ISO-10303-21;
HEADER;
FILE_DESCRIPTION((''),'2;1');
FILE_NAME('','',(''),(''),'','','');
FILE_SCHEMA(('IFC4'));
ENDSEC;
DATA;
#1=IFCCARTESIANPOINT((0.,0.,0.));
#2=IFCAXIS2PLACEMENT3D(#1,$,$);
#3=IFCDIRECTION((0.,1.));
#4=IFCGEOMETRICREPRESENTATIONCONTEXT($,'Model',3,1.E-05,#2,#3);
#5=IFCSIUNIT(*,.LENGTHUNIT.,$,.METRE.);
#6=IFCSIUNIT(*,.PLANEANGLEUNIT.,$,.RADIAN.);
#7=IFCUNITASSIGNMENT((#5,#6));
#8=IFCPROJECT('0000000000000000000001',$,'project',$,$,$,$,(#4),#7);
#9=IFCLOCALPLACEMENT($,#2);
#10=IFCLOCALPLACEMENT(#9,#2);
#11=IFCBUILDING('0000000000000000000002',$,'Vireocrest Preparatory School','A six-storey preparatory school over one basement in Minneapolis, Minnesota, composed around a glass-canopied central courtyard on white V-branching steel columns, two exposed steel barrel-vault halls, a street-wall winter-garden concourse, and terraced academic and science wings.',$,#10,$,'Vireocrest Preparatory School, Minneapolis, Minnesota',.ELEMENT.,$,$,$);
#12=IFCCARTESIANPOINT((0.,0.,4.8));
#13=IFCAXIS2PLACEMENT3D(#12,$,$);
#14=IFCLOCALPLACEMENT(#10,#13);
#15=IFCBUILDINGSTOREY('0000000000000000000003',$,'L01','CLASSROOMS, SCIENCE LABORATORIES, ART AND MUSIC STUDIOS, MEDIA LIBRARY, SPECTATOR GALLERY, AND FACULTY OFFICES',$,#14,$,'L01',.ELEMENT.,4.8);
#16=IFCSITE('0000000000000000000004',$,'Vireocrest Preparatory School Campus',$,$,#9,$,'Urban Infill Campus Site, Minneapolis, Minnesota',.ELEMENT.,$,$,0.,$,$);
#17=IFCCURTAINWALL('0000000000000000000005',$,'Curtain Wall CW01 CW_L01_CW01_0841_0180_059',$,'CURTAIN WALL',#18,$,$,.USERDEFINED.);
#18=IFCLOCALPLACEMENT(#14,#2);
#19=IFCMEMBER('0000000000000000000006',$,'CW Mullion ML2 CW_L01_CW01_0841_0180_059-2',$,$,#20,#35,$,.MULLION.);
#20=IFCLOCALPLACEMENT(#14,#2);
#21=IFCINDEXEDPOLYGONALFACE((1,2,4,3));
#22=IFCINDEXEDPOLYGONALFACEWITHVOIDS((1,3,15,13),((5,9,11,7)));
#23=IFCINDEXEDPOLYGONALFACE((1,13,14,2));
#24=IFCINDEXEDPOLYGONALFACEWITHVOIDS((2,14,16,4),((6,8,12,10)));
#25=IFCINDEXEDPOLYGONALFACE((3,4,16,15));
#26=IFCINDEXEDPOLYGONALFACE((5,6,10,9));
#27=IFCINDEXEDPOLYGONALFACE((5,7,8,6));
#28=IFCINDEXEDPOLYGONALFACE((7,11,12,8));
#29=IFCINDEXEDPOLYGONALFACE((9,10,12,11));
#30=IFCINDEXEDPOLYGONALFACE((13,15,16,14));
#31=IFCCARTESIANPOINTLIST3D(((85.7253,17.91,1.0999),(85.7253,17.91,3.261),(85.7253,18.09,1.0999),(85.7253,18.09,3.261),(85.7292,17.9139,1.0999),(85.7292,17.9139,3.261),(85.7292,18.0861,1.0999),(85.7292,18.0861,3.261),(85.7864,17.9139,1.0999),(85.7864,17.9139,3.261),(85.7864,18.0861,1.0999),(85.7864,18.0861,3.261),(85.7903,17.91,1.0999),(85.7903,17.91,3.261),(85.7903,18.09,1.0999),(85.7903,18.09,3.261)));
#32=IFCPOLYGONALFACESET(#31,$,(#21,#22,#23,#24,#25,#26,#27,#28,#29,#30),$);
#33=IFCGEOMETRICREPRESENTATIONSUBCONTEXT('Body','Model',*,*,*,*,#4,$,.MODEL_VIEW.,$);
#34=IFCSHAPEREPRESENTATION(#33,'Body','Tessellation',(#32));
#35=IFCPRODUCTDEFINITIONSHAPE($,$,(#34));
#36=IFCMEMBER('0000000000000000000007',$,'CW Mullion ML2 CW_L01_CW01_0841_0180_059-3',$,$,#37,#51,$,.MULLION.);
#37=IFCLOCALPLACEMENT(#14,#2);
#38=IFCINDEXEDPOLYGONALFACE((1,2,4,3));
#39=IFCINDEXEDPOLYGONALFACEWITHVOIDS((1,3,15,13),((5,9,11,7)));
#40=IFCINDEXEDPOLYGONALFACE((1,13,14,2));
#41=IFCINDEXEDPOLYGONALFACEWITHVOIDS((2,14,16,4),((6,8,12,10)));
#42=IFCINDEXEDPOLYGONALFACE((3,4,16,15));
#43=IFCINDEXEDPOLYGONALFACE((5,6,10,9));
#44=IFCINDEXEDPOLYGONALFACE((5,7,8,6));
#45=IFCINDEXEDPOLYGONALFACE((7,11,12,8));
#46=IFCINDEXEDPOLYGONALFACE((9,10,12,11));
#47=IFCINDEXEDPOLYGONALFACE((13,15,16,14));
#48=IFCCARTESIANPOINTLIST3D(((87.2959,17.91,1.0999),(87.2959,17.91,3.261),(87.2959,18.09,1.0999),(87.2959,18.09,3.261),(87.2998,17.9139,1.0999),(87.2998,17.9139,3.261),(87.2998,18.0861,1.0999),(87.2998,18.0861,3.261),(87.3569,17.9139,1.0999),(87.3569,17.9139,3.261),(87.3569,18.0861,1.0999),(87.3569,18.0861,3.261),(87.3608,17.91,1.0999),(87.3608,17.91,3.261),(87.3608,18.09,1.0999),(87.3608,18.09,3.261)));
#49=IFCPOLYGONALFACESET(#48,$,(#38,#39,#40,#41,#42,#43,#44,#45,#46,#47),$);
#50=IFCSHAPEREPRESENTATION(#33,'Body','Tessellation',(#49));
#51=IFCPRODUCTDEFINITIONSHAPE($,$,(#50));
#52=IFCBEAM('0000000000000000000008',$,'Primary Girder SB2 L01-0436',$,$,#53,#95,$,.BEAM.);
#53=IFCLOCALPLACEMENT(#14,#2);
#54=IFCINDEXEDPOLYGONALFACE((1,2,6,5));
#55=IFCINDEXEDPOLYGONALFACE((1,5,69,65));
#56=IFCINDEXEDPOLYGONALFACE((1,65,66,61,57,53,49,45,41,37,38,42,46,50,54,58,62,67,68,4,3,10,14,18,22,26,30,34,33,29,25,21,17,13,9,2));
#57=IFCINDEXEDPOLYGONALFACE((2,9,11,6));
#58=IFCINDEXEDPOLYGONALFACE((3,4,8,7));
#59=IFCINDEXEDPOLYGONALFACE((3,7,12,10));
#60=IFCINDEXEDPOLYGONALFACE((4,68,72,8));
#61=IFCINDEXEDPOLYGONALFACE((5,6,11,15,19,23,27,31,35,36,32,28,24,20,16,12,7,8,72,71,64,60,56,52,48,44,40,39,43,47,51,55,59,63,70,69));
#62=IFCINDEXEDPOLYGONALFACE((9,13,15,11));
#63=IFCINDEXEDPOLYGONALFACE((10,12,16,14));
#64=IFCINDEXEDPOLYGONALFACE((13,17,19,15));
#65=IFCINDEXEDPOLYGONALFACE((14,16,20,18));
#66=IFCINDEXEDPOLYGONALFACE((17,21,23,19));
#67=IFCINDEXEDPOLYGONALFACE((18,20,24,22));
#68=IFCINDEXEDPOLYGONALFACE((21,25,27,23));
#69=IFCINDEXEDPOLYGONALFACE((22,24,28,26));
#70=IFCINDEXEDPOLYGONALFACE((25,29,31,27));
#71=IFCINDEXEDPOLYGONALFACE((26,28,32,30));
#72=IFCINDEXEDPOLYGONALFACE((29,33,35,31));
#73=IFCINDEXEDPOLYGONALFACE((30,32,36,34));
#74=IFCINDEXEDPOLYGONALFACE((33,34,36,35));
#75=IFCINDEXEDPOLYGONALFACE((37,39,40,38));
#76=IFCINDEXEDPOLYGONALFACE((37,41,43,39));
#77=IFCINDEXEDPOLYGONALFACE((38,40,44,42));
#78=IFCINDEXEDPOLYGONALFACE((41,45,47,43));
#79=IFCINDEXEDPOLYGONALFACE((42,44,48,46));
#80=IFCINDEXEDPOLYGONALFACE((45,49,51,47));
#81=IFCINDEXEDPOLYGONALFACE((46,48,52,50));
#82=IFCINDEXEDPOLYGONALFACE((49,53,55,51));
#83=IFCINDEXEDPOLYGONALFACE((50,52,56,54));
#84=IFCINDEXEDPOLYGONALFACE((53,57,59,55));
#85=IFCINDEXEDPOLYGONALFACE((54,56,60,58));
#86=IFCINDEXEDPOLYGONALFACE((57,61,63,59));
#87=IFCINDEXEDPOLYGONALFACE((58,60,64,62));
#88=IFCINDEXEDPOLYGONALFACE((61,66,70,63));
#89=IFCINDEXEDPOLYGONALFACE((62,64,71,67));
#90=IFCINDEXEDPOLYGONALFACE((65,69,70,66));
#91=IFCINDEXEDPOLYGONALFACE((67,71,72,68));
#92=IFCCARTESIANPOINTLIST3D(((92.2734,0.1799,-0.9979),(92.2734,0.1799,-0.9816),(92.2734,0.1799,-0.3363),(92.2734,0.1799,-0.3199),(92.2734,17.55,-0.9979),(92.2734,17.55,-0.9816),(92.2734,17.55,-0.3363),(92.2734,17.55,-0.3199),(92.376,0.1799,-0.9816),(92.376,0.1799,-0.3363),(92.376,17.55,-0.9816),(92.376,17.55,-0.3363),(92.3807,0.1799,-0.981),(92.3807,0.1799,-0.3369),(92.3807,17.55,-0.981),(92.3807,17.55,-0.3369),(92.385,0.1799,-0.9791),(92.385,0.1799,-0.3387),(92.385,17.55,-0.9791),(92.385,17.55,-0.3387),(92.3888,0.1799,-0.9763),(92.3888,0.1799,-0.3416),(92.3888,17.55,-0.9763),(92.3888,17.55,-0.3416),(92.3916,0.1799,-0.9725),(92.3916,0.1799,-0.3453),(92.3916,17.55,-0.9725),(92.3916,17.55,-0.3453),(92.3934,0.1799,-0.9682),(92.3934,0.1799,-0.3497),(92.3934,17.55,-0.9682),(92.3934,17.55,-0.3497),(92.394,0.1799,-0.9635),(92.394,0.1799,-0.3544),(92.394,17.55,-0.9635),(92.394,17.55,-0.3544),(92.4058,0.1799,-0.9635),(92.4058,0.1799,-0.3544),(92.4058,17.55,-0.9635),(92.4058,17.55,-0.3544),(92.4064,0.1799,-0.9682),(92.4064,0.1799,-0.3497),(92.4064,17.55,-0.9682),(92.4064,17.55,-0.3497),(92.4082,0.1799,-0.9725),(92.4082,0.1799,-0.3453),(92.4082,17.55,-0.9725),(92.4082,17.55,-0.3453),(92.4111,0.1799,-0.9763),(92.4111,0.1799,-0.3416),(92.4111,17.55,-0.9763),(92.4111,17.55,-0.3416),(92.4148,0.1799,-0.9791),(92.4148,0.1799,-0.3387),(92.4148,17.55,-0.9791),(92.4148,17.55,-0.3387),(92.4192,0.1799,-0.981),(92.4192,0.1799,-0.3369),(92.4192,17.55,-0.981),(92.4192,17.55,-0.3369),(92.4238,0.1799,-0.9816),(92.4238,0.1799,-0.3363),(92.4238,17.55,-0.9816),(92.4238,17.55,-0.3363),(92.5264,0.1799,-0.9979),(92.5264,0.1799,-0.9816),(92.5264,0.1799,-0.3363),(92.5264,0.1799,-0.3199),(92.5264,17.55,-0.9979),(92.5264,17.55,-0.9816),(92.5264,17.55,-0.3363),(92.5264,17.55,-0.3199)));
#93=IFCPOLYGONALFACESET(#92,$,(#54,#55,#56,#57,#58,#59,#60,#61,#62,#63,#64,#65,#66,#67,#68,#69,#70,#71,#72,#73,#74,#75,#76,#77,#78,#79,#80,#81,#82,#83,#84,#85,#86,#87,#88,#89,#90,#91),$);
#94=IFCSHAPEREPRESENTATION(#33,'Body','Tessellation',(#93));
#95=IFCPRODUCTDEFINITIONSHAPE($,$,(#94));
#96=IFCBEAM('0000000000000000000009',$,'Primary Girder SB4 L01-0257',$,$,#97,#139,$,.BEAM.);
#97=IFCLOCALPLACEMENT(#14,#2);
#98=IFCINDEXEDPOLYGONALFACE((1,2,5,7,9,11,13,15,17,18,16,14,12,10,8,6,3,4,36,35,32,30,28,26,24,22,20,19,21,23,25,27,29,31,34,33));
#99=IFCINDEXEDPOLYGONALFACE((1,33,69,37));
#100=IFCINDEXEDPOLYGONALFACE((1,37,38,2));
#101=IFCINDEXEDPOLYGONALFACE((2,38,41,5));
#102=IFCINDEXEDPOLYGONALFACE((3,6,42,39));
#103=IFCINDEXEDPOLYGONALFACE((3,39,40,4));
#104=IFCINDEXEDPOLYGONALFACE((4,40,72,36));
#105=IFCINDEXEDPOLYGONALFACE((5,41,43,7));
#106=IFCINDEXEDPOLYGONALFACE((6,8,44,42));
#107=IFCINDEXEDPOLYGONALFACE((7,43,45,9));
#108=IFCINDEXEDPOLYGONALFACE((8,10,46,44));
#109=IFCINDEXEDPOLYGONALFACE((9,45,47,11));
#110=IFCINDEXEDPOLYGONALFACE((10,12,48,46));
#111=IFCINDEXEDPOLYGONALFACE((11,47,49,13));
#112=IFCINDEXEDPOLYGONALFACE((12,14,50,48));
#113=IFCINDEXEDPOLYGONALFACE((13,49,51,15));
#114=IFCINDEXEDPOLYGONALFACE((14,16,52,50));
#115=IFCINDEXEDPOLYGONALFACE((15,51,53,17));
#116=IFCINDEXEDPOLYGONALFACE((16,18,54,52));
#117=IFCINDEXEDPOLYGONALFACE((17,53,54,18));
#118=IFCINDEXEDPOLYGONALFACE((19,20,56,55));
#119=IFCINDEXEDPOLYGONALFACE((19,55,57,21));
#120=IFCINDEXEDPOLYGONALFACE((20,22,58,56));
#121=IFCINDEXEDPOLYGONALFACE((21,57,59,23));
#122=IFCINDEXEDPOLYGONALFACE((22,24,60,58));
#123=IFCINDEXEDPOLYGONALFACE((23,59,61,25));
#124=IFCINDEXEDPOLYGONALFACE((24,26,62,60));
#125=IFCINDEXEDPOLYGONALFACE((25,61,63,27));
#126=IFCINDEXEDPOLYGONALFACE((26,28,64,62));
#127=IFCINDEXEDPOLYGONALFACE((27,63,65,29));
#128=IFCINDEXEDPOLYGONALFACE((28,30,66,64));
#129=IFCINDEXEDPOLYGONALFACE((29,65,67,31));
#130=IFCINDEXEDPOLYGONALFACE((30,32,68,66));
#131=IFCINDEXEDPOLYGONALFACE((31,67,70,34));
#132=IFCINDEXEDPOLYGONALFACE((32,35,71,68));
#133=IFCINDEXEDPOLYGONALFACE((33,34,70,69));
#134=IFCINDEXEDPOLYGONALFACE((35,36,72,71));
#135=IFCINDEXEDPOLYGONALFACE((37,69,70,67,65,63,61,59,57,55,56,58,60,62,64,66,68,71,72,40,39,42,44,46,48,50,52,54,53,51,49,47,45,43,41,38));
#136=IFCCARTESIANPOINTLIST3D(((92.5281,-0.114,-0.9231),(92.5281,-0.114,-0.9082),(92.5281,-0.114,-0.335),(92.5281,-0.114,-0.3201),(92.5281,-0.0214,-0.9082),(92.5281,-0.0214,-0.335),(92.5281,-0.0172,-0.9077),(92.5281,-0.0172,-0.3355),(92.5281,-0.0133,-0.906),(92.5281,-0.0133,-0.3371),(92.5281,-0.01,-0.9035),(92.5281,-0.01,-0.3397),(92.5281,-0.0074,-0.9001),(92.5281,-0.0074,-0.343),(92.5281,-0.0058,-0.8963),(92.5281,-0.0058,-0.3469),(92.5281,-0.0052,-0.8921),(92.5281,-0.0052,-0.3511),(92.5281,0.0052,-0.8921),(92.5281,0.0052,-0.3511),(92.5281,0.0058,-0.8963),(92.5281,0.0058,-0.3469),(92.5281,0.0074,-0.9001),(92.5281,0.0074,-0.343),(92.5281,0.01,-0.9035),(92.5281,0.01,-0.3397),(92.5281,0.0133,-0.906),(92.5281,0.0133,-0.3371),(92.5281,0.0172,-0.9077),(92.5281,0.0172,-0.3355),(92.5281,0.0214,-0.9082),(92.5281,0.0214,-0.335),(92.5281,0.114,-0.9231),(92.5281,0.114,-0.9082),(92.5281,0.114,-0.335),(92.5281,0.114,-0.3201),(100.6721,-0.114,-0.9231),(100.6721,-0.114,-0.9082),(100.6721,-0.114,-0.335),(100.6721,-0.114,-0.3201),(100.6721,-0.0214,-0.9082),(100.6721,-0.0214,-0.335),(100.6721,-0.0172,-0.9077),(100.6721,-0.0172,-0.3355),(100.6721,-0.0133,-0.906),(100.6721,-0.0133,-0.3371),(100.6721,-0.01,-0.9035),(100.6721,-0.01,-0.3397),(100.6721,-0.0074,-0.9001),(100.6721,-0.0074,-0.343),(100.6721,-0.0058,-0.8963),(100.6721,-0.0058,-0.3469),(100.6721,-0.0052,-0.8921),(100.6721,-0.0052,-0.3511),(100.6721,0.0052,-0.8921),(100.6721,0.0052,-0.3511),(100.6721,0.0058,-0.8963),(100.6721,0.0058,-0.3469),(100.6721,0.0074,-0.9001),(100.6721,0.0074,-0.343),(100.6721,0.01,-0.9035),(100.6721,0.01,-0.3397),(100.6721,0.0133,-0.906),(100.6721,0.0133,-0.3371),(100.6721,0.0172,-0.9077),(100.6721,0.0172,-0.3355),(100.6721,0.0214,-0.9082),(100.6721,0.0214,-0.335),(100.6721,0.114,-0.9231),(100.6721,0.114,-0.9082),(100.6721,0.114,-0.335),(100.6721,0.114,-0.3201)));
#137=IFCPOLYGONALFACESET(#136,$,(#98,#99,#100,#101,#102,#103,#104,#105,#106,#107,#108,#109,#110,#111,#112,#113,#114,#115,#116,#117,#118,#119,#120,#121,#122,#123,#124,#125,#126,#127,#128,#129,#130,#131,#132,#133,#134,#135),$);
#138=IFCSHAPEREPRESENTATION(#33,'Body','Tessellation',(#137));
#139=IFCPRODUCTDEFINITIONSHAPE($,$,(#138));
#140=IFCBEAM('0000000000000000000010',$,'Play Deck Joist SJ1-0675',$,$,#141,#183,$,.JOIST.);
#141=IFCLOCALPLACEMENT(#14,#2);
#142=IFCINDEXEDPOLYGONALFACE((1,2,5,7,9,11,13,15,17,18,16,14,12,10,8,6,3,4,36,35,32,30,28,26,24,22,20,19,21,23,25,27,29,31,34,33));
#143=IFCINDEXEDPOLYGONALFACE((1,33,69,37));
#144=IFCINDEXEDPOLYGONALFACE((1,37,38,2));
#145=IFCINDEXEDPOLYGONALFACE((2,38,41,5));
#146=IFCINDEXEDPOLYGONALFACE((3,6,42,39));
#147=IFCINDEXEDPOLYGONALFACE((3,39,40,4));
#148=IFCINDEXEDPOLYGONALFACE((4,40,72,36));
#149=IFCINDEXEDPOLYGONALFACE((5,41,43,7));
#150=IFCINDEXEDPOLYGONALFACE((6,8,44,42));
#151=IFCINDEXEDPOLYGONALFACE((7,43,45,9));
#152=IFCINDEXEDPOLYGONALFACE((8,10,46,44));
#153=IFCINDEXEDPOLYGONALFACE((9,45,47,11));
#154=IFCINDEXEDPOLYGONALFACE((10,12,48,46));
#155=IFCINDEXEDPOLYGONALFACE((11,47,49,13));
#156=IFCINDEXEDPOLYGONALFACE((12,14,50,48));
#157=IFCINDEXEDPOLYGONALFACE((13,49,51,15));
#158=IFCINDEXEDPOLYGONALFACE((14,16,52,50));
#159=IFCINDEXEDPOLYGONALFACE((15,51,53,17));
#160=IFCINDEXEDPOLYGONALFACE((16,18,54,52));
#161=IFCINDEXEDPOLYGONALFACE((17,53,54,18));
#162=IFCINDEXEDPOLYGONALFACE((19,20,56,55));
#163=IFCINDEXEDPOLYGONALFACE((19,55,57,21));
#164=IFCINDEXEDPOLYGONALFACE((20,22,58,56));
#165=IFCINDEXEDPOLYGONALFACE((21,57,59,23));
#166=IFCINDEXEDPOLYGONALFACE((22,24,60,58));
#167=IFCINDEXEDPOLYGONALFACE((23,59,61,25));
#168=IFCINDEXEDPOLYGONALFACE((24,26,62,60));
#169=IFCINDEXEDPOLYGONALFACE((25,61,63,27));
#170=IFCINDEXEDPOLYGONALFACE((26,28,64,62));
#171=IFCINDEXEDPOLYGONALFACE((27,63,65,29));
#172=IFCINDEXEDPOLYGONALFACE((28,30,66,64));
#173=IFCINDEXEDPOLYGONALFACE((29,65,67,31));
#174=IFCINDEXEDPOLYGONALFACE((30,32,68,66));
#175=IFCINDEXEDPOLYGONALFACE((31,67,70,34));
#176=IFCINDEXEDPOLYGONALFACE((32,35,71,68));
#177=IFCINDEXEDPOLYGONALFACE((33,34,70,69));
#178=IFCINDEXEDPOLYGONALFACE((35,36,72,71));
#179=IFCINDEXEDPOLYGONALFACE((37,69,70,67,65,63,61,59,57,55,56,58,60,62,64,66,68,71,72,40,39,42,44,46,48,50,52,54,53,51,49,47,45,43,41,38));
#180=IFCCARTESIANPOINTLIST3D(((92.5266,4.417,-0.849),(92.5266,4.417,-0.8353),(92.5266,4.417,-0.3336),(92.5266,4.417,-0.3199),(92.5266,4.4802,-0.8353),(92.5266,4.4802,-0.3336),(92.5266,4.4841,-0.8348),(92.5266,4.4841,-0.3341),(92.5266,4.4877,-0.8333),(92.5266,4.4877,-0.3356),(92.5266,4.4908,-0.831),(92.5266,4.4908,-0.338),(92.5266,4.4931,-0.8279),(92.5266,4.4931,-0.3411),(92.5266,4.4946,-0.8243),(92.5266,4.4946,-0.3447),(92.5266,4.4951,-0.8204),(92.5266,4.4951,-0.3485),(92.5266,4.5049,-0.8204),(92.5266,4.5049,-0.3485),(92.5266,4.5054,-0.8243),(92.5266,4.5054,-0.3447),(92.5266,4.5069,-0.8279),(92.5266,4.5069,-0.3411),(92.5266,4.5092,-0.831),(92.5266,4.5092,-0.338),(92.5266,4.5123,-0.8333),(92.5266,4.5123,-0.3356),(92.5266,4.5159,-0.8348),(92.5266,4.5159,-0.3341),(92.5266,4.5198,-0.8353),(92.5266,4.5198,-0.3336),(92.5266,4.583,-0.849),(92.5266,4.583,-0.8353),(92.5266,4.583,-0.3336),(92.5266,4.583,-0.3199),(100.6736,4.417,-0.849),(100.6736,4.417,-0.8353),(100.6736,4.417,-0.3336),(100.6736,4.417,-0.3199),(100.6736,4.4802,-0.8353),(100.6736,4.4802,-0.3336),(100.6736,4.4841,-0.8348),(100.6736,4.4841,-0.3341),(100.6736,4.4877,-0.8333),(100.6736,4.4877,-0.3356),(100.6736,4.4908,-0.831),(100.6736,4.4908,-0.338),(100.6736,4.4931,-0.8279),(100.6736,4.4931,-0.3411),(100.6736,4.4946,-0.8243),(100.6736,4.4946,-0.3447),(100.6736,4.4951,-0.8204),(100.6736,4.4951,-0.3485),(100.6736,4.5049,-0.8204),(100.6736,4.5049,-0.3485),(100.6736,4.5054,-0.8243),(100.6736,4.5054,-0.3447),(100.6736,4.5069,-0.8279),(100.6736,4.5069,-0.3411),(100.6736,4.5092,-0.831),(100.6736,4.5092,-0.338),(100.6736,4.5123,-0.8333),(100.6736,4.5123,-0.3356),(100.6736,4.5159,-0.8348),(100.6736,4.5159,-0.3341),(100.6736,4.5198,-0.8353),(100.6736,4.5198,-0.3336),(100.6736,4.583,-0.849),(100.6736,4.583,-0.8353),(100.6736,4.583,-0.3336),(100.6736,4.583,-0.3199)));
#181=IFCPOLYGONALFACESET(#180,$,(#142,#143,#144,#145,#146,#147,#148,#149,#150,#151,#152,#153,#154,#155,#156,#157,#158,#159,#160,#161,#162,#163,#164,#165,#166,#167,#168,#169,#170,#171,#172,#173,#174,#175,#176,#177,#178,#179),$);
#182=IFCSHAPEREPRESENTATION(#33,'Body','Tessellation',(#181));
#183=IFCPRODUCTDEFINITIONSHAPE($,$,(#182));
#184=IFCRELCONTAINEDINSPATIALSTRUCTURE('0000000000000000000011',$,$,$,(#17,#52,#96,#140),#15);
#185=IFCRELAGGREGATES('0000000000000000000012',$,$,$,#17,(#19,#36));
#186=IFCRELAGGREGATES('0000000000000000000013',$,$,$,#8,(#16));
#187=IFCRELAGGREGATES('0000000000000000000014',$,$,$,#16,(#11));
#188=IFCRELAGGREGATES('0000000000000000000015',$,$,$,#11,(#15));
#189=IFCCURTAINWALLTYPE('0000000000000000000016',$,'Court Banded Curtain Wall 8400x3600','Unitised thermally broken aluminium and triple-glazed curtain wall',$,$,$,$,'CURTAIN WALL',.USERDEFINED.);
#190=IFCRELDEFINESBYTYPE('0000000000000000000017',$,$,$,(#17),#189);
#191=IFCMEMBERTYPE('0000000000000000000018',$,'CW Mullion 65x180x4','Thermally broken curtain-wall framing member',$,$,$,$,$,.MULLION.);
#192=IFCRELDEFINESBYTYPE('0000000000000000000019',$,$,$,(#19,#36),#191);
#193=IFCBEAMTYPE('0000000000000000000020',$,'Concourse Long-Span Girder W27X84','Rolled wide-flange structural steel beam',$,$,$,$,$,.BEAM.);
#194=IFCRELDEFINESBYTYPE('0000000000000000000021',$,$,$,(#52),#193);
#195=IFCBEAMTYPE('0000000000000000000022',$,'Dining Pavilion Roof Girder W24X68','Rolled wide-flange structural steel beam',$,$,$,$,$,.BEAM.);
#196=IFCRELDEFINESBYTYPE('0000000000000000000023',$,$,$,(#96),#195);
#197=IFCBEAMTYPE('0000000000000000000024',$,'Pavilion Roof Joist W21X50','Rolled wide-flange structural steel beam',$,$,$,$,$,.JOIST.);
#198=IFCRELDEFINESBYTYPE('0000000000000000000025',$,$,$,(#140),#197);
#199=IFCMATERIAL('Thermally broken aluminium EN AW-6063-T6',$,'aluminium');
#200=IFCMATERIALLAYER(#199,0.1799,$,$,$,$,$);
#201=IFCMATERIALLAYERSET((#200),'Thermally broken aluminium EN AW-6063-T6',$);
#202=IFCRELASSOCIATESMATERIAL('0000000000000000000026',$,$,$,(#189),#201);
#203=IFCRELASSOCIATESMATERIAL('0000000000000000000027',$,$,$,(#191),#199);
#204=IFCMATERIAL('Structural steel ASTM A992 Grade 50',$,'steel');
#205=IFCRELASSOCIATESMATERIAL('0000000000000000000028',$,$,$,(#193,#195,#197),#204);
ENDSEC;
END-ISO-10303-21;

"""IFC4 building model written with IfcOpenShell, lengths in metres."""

from ifc_helpers import new_model, si_unit, direction, frame, origin, origin_2d, place, context, subcontext, project, spatial, hollow_rectangle, i_section, extrude, material, layer, layer_set, material_profile, profile_set, type_object, element, aggregate, save


model = new_model("IFC4")

# Units and contexts
model_context = context("Model", 3, precision=1e-05, world=origin(), true_north=direction((0.0, 1.0)))
body_context = subcontext(model_context, "Body", "Model", "MODEL_VIEW")
ifc_project = project(units=[si_unit("LENGTHUNIT", "METRE"), si_unit("PLANEANGLEUNIT", "RADIAN")], contexts=[model_context])

# Site, building, storey
site_placement = place(None, origin())
site = spatial("IfcSite", under=ifc_project, at=site_placement, Name="Vireocrest Preparatory School Campus", LongName="Urban Infill Campus Site, Minneapolis, Minnesota", CompositionType="ELEMENT", RefElevation=0.0)
building_placement = place(site_placement, origin())
building = spatial("IfcBuilding", under=site, at=building_placement, Name="Vireocrest Preparatory School", Description="A six-storey preparatory school over one basement in Minneapolis, Minnesota, composed around a glass-canopied central courtyard on white V-branching steel columns, two exposed steel barrel-vault halls, a street-wall winter-garden concourse, and terraced academic and science wings.", LongName="Vireocrest Preparatory School, Minneapolis, Minnesota", CompositionType="ELEMENT")
storey_placement = place(building_placement, frame((0.0, 0.0, 4.8)))
storey = spatial("IfcBuildingStorey", under=building, at=storey_placement, Name="L01", Description="CLASSROOMS, SCIENCE LABORATORIES, ART AND MUSIC STUDIOS, MEDIA LIBRARY, SPECTATOR GALLERY, AND FACULTY OFFICES", LongName="L01", CompositionType="ELEMENT", Elevation=4.8)

# Curtain wall, members
ifc_material_1 = material(Name="Thermally broken aluminium EN AW-6063-T6", Category="aluminium")
ifc_layer_1 = layer(ifc_material_1, 0.1799)
ifc_layer_set_1 = layer_set([ifc_layer_1], Name="Thermally broken aluminium EN AW-6063-T6")
curtain_wall_type = type_object("IfcCurtainWallType", Name="Court Banded Curtain Wall 8400x3600", Description="Unitised thermally broken aluminium and triple-glazed curtain wall", ElementType="CURTAIN WALL", PredefinedType="USERDEFINED", material=ifc_layer_set_1)
curtain_wall_placement = place(storey_placement, origin())
curtain_wall = element("IfcCurtainWall", 1, at=curtain_wall_placement, inside=storey, type_object=curtain_wall_type, Name="Curtain Wall CW01 CW_L01_CW01_0841_0180_059", ObjectType="CURTAIN WALL", PredefinedType="USERDEFINED")
ifc_material_profile_1 = material_profile(ifc_material_1, hollow_rectangle(XDim=0.0649, YDim=0.1799, WallThickness=0.0039, at=origin_2d()), Name="ALU 65x180x4")
ifc_profile_set_1 = profile_set([ifc_material_profile_1], Name="Thermally broken aluminium EN AW-6063-T6")
member_type = type_object("IfcMemberType", Name="CW Mullion 65x180x4", Description="Thermally broken curtain-wall framing member", PredefinedType="MULLION", material=ifc_profile_set_1)
member_1_placement = place(storey_placement, frame((85.7578, 18.0, 1.0999), z_axis=(0.0, 0.0, 1.0), x_axis=(1.0, 0.0, 0.0)))
member_1 = element("IfcMember", 2, at=member_1_placement, type_object=member_type, Name="CW Mullion ML2 CW_L01_CW01_0841_0180_059-2", PredefinedType="MULLION", context=body_context, shape_type="SweptSolid", body=[
    extrude(hollow_rectangle(XDim=0.0649, YDim=0.1799, WallThickness=0.0039, at=origin_2d()), origin(), (0.0, 0.0, 1.0), 2.1611),
])
member_2_placement = place(storey_placement, frame((87.3284, 18.0, 1.0999), z_axis=(0.0, 0.0, 1.0), x_axis=(1.0, 0.0, 0.0)))
member_2 = element("IfcMember", 3, at=member_2_placement, type_object=member_type, Name="CW Mullion ML2 CW_L01_CW01_0841_0180_059-3", PredefinedType="MULLION", context=body_context, shape_type="SweptSolid", body=[
    extrude(hollow_rectangle(XDim=0.0649, YDim=0.1799, WallThickness=0.0039, at=origin_2d()), origin(), (0.0, 0.0, 1.0), 2.1611),
])

# Beams
ifc_material_2 = material(Name="Structural steel ASTM A992 Grade 50", Category="steel")
ifc_material_profile_2 = material_profile(ifc_material_2, i_section(OverallWidth=0.2529, OverallDepth=0.678, WebThickness=0.0117, FlangeThickness=0.0164, FilletRadius=0.0181, at=origin_2d()), Name="W27X84")
ifc_profile_set_2 = profile_set([ifc_material_profile_2], Name="Structural steel ASTM A992 Grade 50")
beam_type_1 = type_object("IfcBeamType", Name="Concourse Long-Span Girder W27X84", Description="Rolled wide-flange structural steel beam", PredefinedType="BEAM", material=ifc_profile_set_2)
beam_1_placement = place(storey_placement, frame((92.3999, 0.1799, -0.6589), z_axis=(0.0, 1.0, 0.0), x_axis=(-1.0, 0.0, 0.0)))
element("IfcBeam", 4, at=beam_1_placement, inside=storey, type_object=beam_type_1, Name="Primary Girder SB2 L01-0436", PredefinedType="BEAM", context=body_context, shape_type="SweptSolid", body=[
    extrude(i_section(OverallWidth=0.2529, OverallDepth=0.678, WebThickness=0.0117, FlangeThickness=0.0164, FilletRadius=0.0181, at=origin_2d()), origin(), (0.0, 0.0, 1.0), 17.3701),
])
ifc_material_profile_3 = material_profile(ifc_material_2, i_section(OverallWidth=0.228, OverallDepth=0.603, WebThickness=0.0105, FlangeThickness=0.0149, FilletRadius=0.0161, at=origin_2d()), Name="W24X68")
ifc_profile_set_3 = profile_set([ifc_material_profile_3], Name="Structural steel ASTM A992 Grade 50")
beam_type_2 = type_object("IfcBeamType", Name="Dining Pavilion Roof Girder W24X68", Description="Rolled wide-flange structural steel beam", PredefinedType="BEAM", material=ifc_profile_set_3)
beam_2_placement = place(storey_placement, frame((92.5281, 0.0, -0.6216), z_axis=(1.0, 0.0, 0.0), x_axis=(0.0, 1.0, 0.0)))
element("IfcBeam", 5, at=beam_2_placement, inside=storey, type_object=beam_type_2, Name="Primary Girder SB4 L01-0257", PredefinedType="BEAM", context=body_context, shape_type="SweptSolid", body=[
    extrude(i_section(OverallWidth=0.228, OverallDepth=0.603, WebThickness=0.0105, FlangeThickness=0.0149, FilletRadius=0.0161, at=origin_2d()), origin(), (0.0, 0.0, 1.0), 8.144),
])
ifc_material_profile_4 = material_profile(ifc_material_2, i_section(OverallWidth=0.166, OverallDepth=0.5291, WebThickness=0.0098, FlangeThickness=0.0137, FilletRadius=0.0149, at=origin_2d()), Name="W21X50")
ifc_profile_set_4 = profile_set([ifc_material_profile_4], Name="Structural steel ASTM A992 Grade 50")
beam_type_3 = type_object("IfcBeamType", Name="Pavilion Roof Joist W21X50", Description="Rolled wide-flange structural steel beam", PredefinedType="JOIST", material=ifc_profile_set_4)
for number, where, z_axis, x_axis, name in (
    (6, (92.5266, 4.5, -0.5845), (1.0, 0.0, 0.0), (0.0, 1.0, 0.0), "Play Deck Joist SJ1-0675"),
):
    element("IfcBeam", number, at=place(storey_placement, frame(where, z_axis=z_axis, x_axis=x_axis)), inside=storey, type_object=beam_type_3, Name=name, PredefinedType="JOIST", context=body_context, shape_type="SweptSolid", body=[
        extrude(i_section(OverallWidth=0.166, OverallDepth=0.5291, WebThickness=0.0098, FlangeThickness=0.0137, FilletRadius=0.0149, at=origin_2d()), origin(), (0.0, 0.0, 1.0), 8.147),
    ])

aggregate(curtain_wall, [member_1, member_2])

save(model, "model.ifc")
